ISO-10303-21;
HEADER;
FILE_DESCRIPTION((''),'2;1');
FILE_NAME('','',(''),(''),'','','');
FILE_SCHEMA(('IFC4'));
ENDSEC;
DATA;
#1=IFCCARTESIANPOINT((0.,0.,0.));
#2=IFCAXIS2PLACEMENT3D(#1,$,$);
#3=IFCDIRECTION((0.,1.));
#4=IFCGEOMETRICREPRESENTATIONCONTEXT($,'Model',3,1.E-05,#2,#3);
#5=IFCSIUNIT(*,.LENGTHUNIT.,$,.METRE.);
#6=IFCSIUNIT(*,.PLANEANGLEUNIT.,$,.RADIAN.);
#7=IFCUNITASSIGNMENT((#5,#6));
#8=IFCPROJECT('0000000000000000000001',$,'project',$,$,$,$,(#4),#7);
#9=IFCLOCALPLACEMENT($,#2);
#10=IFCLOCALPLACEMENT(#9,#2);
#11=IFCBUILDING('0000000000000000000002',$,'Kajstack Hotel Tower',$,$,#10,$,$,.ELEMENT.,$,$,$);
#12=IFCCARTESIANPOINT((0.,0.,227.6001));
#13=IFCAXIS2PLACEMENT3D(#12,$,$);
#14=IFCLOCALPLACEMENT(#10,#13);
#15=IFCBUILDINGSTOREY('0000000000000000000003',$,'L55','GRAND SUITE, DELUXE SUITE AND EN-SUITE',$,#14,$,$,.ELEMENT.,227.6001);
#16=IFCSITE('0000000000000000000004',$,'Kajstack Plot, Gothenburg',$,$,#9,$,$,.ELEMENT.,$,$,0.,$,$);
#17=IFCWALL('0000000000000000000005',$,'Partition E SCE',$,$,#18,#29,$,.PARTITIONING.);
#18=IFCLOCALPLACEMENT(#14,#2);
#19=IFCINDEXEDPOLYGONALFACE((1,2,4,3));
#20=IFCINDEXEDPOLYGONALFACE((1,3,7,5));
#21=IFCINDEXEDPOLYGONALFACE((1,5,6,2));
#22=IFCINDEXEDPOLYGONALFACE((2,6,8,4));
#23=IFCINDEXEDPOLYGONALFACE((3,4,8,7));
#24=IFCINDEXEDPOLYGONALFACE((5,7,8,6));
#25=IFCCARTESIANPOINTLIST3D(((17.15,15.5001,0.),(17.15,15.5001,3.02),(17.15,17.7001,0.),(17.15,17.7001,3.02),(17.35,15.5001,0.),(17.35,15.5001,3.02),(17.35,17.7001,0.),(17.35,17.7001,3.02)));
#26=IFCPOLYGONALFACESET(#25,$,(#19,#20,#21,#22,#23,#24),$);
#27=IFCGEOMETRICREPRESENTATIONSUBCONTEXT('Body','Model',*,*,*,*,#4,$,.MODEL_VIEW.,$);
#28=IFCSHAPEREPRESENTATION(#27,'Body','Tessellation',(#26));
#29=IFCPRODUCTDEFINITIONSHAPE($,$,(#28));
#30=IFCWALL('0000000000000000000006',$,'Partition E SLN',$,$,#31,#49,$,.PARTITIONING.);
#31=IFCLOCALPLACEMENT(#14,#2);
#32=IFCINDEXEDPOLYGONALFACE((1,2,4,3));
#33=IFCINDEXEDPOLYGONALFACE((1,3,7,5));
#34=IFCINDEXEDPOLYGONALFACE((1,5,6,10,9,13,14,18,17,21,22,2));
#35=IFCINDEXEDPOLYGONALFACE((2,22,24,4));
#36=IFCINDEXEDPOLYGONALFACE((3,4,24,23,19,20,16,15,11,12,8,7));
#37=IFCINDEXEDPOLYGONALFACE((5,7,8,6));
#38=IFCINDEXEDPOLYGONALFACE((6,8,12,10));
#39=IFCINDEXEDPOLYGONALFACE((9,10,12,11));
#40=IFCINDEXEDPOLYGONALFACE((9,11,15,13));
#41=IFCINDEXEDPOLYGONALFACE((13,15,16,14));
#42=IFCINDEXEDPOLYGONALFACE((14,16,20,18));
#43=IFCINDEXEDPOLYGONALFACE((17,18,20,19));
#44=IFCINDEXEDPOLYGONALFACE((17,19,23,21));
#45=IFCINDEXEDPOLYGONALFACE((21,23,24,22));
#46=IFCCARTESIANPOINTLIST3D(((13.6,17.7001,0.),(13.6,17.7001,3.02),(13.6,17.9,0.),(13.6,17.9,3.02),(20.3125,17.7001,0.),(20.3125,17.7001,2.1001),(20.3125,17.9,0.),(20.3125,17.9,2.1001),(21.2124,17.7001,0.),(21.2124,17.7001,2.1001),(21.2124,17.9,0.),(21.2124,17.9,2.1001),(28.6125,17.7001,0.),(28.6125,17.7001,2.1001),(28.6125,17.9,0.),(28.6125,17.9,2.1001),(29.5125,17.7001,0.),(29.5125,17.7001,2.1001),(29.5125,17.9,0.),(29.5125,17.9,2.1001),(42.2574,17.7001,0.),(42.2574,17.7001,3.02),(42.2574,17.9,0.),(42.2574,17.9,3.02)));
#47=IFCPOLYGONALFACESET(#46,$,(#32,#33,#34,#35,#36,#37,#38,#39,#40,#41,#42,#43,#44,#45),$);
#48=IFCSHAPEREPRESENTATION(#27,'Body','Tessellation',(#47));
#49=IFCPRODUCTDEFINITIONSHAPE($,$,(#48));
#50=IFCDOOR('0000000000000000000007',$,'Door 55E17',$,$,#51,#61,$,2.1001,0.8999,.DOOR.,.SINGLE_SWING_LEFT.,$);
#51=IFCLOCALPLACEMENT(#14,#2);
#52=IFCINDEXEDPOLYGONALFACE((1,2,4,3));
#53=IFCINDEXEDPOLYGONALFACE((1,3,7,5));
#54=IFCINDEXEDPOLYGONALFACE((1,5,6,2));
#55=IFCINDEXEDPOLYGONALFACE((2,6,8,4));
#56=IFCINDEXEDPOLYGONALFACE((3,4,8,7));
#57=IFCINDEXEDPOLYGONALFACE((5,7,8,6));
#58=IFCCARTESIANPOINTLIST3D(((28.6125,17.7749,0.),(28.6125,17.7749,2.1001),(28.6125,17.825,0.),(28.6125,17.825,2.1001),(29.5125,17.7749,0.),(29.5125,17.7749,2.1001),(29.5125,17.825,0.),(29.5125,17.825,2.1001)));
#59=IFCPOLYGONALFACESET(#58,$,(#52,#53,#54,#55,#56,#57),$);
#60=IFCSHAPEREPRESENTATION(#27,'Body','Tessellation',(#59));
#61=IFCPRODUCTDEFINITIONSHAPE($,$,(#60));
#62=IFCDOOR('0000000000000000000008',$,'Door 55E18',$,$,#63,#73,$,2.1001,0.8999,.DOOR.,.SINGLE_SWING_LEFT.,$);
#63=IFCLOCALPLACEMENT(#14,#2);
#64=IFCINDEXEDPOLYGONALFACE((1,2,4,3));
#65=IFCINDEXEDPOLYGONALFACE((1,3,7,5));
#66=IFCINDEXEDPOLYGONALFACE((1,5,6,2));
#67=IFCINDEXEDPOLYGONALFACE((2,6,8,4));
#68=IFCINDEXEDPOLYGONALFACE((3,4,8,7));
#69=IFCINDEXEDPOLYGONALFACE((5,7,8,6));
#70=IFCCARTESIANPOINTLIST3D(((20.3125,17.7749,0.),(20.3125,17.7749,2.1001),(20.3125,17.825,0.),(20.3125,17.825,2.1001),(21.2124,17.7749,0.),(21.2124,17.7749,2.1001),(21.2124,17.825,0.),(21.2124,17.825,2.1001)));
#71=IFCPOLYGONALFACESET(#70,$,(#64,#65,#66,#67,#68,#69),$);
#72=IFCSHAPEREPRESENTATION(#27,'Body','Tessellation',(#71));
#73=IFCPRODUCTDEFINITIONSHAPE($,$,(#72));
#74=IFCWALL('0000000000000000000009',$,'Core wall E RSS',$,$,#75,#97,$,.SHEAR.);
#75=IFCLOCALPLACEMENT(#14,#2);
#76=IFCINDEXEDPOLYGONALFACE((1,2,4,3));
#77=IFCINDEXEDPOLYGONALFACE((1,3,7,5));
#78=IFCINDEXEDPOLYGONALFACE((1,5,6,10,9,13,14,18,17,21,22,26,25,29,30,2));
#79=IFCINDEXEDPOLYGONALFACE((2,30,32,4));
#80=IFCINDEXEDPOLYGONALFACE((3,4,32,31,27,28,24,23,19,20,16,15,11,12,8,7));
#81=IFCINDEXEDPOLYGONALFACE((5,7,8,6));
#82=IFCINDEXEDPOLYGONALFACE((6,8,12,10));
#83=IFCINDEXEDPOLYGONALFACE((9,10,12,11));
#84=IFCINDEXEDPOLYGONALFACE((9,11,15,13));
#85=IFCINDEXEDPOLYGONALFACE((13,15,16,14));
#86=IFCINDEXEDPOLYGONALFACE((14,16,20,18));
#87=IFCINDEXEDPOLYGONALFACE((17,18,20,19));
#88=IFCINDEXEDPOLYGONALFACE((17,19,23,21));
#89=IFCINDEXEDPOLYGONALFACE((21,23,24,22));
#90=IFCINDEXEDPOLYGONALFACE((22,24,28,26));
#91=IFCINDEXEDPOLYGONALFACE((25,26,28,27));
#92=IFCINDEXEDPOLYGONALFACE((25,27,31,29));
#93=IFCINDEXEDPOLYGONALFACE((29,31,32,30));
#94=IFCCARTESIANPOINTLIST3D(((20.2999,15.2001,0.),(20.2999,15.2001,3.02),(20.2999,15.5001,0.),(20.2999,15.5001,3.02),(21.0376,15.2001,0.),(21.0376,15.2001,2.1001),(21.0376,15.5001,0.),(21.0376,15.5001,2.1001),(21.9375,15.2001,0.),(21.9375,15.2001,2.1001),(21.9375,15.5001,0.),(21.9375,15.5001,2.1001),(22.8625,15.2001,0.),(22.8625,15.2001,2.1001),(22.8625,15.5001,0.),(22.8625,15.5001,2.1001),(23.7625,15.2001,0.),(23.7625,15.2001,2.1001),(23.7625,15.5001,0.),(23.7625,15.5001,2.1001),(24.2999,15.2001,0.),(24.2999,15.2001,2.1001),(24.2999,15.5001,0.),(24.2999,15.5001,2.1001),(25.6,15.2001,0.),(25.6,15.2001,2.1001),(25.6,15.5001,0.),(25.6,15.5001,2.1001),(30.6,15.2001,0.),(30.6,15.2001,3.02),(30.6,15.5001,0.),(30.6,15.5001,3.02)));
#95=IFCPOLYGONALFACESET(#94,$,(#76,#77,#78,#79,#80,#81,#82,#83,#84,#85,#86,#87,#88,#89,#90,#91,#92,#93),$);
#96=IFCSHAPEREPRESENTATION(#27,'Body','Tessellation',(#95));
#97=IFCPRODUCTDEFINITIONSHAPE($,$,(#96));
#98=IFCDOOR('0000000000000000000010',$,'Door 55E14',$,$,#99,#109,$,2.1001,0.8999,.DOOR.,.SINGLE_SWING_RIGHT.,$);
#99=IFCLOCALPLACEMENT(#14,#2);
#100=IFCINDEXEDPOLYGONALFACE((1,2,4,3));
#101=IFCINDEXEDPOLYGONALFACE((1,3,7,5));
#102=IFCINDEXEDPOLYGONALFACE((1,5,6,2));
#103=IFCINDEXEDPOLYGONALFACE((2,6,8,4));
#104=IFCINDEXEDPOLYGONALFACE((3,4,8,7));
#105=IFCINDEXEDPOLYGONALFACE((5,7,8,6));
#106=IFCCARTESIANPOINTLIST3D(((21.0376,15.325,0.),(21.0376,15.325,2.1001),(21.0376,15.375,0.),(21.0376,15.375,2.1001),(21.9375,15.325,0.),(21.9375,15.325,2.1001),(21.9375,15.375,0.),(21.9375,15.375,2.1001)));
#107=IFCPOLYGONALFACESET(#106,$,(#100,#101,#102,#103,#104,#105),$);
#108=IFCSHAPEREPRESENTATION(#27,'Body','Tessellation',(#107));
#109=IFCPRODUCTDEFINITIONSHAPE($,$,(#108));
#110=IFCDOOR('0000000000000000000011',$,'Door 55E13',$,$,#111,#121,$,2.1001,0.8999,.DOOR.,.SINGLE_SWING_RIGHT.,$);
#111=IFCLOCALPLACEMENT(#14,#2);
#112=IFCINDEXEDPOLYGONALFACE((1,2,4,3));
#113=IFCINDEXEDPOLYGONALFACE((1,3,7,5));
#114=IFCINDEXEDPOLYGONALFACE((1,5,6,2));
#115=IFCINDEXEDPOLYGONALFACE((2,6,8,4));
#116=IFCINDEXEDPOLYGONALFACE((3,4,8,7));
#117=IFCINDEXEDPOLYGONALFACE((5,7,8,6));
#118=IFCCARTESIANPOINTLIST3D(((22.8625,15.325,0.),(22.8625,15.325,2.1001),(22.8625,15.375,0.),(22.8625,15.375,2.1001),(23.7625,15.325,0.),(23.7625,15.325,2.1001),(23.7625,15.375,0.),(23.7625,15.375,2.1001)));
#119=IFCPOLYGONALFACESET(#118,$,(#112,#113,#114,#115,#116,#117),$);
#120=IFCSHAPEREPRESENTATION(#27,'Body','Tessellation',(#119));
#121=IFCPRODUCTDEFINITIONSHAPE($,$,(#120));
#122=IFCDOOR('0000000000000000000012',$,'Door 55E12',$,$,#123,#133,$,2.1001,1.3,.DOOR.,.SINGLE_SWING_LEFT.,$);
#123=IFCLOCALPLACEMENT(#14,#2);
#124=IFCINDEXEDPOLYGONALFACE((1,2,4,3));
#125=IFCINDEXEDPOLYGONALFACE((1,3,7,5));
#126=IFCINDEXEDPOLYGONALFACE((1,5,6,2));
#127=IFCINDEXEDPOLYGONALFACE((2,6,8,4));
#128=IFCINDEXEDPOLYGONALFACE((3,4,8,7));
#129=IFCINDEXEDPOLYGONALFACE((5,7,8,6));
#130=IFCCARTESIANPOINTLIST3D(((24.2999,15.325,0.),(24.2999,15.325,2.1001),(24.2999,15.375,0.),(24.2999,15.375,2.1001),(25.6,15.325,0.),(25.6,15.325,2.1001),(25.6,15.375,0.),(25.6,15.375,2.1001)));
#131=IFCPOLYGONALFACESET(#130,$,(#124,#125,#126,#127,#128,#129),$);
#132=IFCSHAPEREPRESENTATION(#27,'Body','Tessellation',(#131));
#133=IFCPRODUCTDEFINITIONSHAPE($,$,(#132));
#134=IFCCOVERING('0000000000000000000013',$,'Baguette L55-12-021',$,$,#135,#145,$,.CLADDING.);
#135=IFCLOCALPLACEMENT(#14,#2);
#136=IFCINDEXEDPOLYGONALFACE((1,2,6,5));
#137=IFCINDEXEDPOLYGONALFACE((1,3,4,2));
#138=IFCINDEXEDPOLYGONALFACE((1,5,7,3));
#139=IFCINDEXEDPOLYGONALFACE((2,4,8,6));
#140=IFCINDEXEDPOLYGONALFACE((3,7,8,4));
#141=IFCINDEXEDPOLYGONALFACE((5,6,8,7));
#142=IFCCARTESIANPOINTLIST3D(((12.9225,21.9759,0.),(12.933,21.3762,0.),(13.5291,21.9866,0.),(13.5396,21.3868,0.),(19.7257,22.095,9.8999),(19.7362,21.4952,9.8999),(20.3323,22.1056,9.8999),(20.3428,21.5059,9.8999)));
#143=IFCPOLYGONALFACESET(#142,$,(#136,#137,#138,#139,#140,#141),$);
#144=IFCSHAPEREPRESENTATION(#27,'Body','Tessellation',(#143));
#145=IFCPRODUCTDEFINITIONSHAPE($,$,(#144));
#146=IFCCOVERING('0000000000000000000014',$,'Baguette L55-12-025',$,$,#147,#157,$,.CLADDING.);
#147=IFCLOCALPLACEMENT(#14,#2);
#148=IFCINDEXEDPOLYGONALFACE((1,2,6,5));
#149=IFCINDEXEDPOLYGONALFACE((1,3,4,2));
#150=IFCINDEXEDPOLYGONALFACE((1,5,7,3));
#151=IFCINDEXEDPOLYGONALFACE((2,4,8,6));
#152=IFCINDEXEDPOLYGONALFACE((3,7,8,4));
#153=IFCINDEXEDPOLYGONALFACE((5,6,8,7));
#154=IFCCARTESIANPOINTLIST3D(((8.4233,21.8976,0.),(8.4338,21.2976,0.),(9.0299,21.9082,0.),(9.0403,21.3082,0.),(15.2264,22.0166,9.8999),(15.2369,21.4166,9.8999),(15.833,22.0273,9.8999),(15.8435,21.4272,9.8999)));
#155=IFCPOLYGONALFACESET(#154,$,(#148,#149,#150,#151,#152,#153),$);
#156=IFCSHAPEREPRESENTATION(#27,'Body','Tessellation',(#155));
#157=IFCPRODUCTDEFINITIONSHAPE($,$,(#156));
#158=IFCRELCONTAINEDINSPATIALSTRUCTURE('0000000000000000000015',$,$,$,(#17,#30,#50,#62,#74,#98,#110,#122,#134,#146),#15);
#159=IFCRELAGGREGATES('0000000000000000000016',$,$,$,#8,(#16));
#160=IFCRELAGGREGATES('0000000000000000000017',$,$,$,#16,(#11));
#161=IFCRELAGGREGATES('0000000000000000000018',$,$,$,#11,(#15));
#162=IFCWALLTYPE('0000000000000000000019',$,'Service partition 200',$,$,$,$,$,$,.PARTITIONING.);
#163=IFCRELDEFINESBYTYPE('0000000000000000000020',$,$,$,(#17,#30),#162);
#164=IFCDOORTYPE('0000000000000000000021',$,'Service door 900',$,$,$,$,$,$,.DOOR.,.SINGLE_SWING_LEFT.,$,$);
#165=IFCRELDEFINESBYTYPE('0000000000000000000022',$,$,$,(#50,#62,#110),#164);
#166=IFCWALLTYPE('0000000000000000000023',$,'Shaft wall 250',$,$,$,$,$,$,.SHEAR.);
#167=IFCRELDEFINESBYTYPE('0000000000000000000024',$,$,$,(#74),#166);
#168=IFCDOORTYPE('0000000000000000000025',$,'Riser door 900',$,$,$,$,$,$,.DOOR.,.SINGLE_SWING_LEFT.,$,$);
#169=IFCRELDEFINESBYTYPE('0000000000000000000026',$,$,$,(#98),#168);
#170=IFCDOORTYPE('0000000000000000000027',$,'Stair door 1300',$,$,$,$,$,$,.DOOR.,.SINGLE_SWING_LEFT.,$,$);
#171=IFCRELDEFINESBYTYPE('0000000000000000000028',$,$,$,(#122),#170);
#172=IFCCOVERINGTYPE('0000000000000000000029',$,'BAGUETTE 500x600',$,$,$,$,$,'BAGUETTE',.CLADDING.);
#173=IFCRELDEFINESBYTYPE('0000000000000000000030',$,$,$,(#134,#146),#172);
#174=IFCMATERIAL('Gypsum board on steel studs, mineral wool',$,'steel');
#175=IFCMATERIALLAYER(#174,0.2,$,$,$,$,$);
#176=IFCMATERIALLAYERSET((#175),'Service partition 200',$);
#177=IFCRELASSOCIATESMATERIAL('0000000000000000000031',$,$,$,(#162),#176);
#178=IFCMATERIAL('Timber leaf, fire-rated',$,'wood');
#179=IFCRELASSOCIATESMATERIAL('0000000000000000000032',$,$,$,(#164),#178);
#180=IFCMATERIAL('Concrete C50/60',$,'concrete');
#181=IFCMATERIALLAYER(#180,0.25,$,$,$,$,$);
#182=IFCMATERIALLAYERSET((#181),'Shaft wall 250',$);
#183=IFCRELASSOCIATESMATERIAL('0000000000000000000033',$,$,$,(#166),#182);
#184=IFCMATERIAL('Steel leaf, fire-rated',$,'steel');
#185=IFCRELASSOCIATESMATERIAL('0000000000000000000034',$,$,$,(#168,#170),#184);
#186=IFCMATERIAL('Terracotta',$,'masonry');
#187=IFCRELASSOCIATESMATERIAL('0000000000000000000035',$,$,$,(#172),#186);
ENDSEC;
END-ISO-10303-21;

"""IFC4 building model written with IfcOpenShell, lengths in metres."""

from ifc_helpers import new_model, si_unit, direction, frame, frame_2d, origin, origin_2d, place, context, subcontext, project, spatial, polyline, rectangle, outline, extrude, material, layer, layer_set, material_profile, profile_set, type_object, element, fill, save


model = new_model("IFC4")

# Units and contexts
model_context = context("Model", 3, precision=1e-05, world=origin(), true_north=direction((0.0, 1.0)))
body_context = subcontext(model_context, "Body", "Model", "MODEL_VIEW")
ifc_project = project(units=[si_unit("LENGTHUNIT", "METRE"), si_unit("PLANEANGLEUNIT", "RADIAN")], contexts=[model_context])

# Site, building, storey
site_placement = place(None, origin())
site = spatial("IfcSite", under=ifc_project, at=site_placement, Name="Kajstack Plot, Gothenburg", CompositionType="ELEMENT", RefElevation=0.0)
building_placement = place(site_placement, origin())
building = spatial("IfcBuilding", under=site, at=building_placement, Name="Kajstack Hotel Tower", CompositionType="ELEMENT")
storey_placement = place(building_placement, frame((0.0, 0.0, 227.6001)))
storey = spatial("IfcBuildingStorey", under=building, at=storey_placement, Name="L55", Description="GRAND SUITE, DELUXE SUITE AND EN-SUITE", CompositionType="ELEMENT", Elevation=227.6001)

# Wall
ifc_material_1 = material(Name="Gypsum board on steel studs, mineral wool", Category="steel")
ifc_layer_1 = layer(ifc_material_1, 0.2)
ifc_layer_set_1 = layer_set([ifc_layer_1], Name="Service partition 200")
wall_type_1 = type_object("IfcWallType", Name="Service partition 200", PredefinedType="PARTITIONING", material=ifc_layer_set_1)
wall_1_placement = place(storey_placement, frame((17.25, 15.5, 0.0), z_axis=(0.0, 0.0, 1.0), x_axis=(0.0, 1.0, 0.0)))
element("IfcWall", 1, at=wall_1_placement, inside=storey, type_object=wall_type_1, Name="Partition E SCE", PredefinedType="PARTITIONING", context=body_context, shape_type="SweptSolid", body=[
    extrude(rectangle(XDim=2.2, YDim=0.2, at=frame_2d((1.1001, 0.0))), origin(), (0.0, 0.0, 1.0), 3.02),
])

# Walls, openings, doors
wall_2_placement = place(storey_placement, frame((13.6001, 17.8, 0.0), z_axis=(0.0, 0.0, 1.0), x_axis=(1.0, 0.0, 0.0)))
wall_2 = element("IfcWall", 2, at=wall_2_placement, inside=storey, type_object=wall_type_1, Name="Partition E SLN", PredefinedType="PARTITIONING", context=body_context, shape_type="SweptSolid", body=[
    extrude(rectangle(XDim=28.6575, YDim=0.2, at=frame_2d((14.3286, 0.0))), origin(), (0.0, 0.0, 1.0), 3.02),
])
opening_1_placement = place(wall_2_placement, frame((15.0125, 0.0, 0.0)))
opening_1 = element("IfcOpeningElement", 3, at=opening_1_placement, cuts=wall_2, PredefinedType="OPENING", context=body_context, shape_type="SweptSolid", body=[
    extrude(rectangle(XDim=0.8999, YDim=2.1001, at=frame_2d((0.45, 1.05))), frame((0.0, 0.1099, 0.0), z_axis=(0.0, -1.0, 0.0), x_axis=(1.0, 0.0, 0.0)), (0.0, 0.0, 1.0), 0.22),
])
opening_2_placement = place(wall_2_placement, frame((6.7124, 0.0, 0.0)))
opening_2 = element("IfcOpeningElement", 4, at=opening_2_placement, cuts=wall_2, PredefinedType="OPENING", context=body_context, shape_type="SweptSolid", body=[
    extrude(rectangle(XDim=0.8999, YDim=2.1001, at=frame_2d((0.45, 1.05))), frame((0.0, 0.1099, 0.0), z_axis=(0.0, -1.0, 0.0), x_axis=(1.0, 0.0, 0.0)), (0.0, 0.0, 1.0), 0.22),
])
ifc_material_2 = material(Name="Timber leaf, fire-rated", Category="wood")
door_type_1 = type_object("IfcDoorType", Name="Service door 900", OperationType="SINGLE_SWING_LEFT", PredefinedType="DOOR", material=ifc_material_2)
door_1_placement = place(opening_1_placement, origin())
door_1 = element("IfcDoor", 5, at=door_1_placement, inside=storey, type_object=door_type_1, Name="Door 55E17", OperationType="SINGLE_SWING_LEFT", OverallHeight=2.1001, OverallWidth=0.8999, PredefinedType="DOOR", context=body_context, shape_type="SweptSolid", body=[
    extrude(rectangle(XDim=0.8999, YDim=2.1001, at=frame_2d((0.45, 1.05))), frame((0.0, 0.0249, 0.0), z_axis=(0.0, -1.0, 0.0), x_axis=(1.0, 0.0, 0.0)), (0.0, 0.0, 1.0), 0.05),
])
fill(opening_1, door_1)
door_2_placement = place(opening_2_placement, origin())
door_2 = element("IfcDoor", 6, at=door_2_placement, inside=storey, type_object=door_type_1, Name="Door 55E18", OperationType="SINGLE_SWING_LEFT", OverallHeight=2.1001, OverallWidth=0.8999, PredefinedType="DOOR", context=body_context, shape_type="SweptSolid", body=[
    extrude(rectangle(XDim=0.8999, YDim=2.1001, at=frame_2d((0.45, 1.05))), frame((0.0, 0.0249, 0.0), z_axis=(0.0, -1.0, 0.0), x_axis=(1.0, 0.0, 0.0)), (0.0, 0.0, 1.0), 0.05),
])
fill(opening_2, door_2)
ifc_material_3 = material(Name="Concrete C50/60", Category="concrete")
ifc_layer_2 = layer(ifc_material_3, 0.25)
ifc_layer_set_2 = layer_set([ifc_layer_2], Name="Shaft wall 250")
wall_type_2 = type_object("IfcWallType", Name="Shaft wall 250", PredefinedType="SHEAR", material=ifc_layer_set_2)
wall_3_placement = place(storey_placement, frame((20.3, 15.3501, 0.0), z_axis=(0.0, 0.0, 1.0), x_axis=(1.0, 0.0, 0.0)))
wall_3 = element("IfcWall", 7, at=wall_3_placement, inside=storey, type_object=wall_type_2, Name="Core wall E RSS", PredefinedType="SHEAR", context=body_context, shape_type="SweptSolid", body=[
    extrude(rectangle(XDim=10.3, YDim=0.3, at=frame_2d((5.1499, 0.0))), origin(), (0.0, 0.0, 1.0), 3.02),
])
opening_3_placement = place(wall_3_placement, frame((4.0, 0.0, 0.0)))
opening_3 = element("IfcOpeningElement", 8, at=opening_3_placement, cuts=wall_3, PredefinedType="OPENING", context=body_context, shape_type="SweptSolid", body=[
    extrude(rectangle(XDim=1.3, YDim=2.1001, at=frame_2d((0.6499, 1.05))), frame((0.0, 0.1599, 0.0), z_axis=(0.0, -1.0, 0.0), x_axis=(1.0, 0.0, 0.0)), (0.0, 0.0, 1.0), 0.3201),
])
opening_4_placement = place(wall_3_placement, frame((2.5625, 0.0, 0.0)))
opening_4 = element("IfcOpeningElement", 9, at=opening_4_placement, cuts=wall_3, PredefinedType="OPENING", context=body_context, shape_type="SweptSolid", body=[
    extrude(rectangle(XDim=0.8999, YDim=2.1001, at=frame_2d((0.45, 1.05))), frame((0.0, 0.1599, 0.0), z_axis=(0.0, -1.0, 0.0), x_axis=(1.0, 0.0, 0.0)), (0.0, 0.0, 1.0), 0.3201),
])
opening_5_placement = place(wall_3_placement, frame((0.7375, 0.0, 0.0)))
opening_5 = element("IfcOpeningElement", 10, at=opening_5_placement, cuts=wall_3, PredefinedType="OPENING", context=body_context, shape_type="SweptSolid", body=[
    extrude(rectangle(XDim=0.8999, YDim=2.1001, at=frame_2d((0.45, 1.05))), frame((0.0, 0.1599, 0.0), z_axis=(0.0, -1.0, 0.0), x_axis=(1.0, 0.0, 0.0)), (0.0, 0.0, 1.0), 0.3201),
])
ifc_material_4 = material(Name="Steel leaf, fire-rated", Category="steel")
door_type_2 = type_object("IfcDoorType", Name="Riser door 900", OperationType="SINGLE_SWING_LEFT", PredefinedType="DOOR", material=ifc_material_4)
door_3_placement = place(opening_5_placement, origin())
door_3 = element("IfcDoor", 11, at=door_3_placement, inside=storey, type_object=door_type_2, Name="Door 55E14", OperationType="SINGLE_SWING_RIGHT", OverallHeight=2.1001, OverallWidth=0.8999, PredefinedType="DOOR", context=body_context, shape_type="SweptSolid", body=[
    extrude(rectangle(XDim=0.8999, YDim=2.1001, at=frame_2d((0.45, 1.05))), frame((0.0, 0.0249, 0.0), z_axis=(0.0, -1.0, 0.0), x_axis=(1.0, 0.0, 0.0)), (0.0, 0.0, 1.0), 0.05),
])
fill(opening_5, door_3)
door_4_placement = place(opening_4_placement, origin())
door_4 = element("IfcDoor", 12, at=door_4_placement, inside=storey, type_object=door_type_1, Name="Door 55E13", OperationType="SINGLE_SWING_RIGHT", OverallHeight=2.1001, OverallWidth=0.8999, PredefinedType="DOOR", context=body_context, shape_type="SweptSolid", body=[
    extrude(rectangle(XDim=0.8999, YDim=2.1001, at=frame_2d((0.45, 1.05))), frame((0.0, 0.0249, 0.0), z_axis=(0.0, -1.0, 0.0), x_axis=(1.0, 0.0, 0.0)), (0.0, 0.0, 1.0), 0.05),
])
fill(opening_4, door_4)
door_type_3 = type_object("IfcDoorType", Name="Stair door 1300", OperationType="SINGLE_SWING_LEFT", PredefinedType="DOOR", material=ifc_material_4)
door_5_placement = place(opening_3_placement, origin())
door_5 = element("IfcDoor", 13, at=door_5_placement, inside=storey, type_object=door_type_3, Name="Door 55E12", OperationType="SINGLE_SWING_LEFT", OverallHeight=2.1001, OverallWidth=1.3, PredefinedType="DOOR", context=body_context, shape_type="SweptSolid", body=[
    extrude(rectangle(XDim=1.3, YDim=2.1001, at=frame_2d((0.6499, 1.05))), frame((0.0, 0.0249, 0.0), z_axis=(0.0, -1.0, 0.0), x_axis=(1.0, 0.0, 0.0)), (0.0, 0.0, 1.0), 0.05),
])
fill(opening_3, door_5)

# Coverings
ifc_material_5 = material(Name="Terracotta", Category="masonry")
ifc_material_profile = material_profile(ifc_material_5, rectangle(XDim=0.6001, YDim=0.5, at=origin_2d()), Name="Terracotta-clad concrete baguette 500 x 600")
ifc_profile_set = profile_set([ifc_material_profile], Name="Terracotta")
covering_type = type_object("IfcCoveringType", Name="BAGUETTE 500x600", ElementType="BAGUETTE", PredefinedType="CLADDING", material=ifc_profile_set)
covering_1_placement = place(storey_placement, frame((20.3428, 21.5059, 0.0), z_axis=(-0.017498, 0.999847, 0.0), x_axis=(-0.999847, -0.017498, 0.0)))
element("IfcCovering", 14, at=covering_1_placement, inside=storey, type_object=covering_type, Name="Baguette L55-12-021", PredefinedType="CLADDING", context=body_context, shape_type="SweptSolid", body=[
    extrude(outline(polyline([(0.0, 9.8999), (6.8042, 0.0), (7.4109, 0.0), (0.6067, 9.8999), (0.0, 9.8999)])), origin(), (0.0, 0.0, 1.0), 0.5999),
])
covering_2_placement = place(storey_placement, frame((15.8435, 21.4272, 0.0), z_axis=(-0.017491, 0.999847, 0.0), x_axis=(-0.999847, -0.017491, 0.0)))
element("IfcCovering", 15, at=covering_2_placement, inside=storey, type_object=covering_type, Name="Baguette L55-12-025", PredefinedType="CLADDING", context=body_context, shape_type="SweptSolid", body=[
    extrude(outline(polyline([(0.0, 9.8999), (6.8042, 0.0), (7.4109, 0.0), (0.6067, 9.8999), (0.0, 9.8999)])), origin(), (0.0, 0.0, 1.0), 0.6001),
])

save(model, "model.ifc")
